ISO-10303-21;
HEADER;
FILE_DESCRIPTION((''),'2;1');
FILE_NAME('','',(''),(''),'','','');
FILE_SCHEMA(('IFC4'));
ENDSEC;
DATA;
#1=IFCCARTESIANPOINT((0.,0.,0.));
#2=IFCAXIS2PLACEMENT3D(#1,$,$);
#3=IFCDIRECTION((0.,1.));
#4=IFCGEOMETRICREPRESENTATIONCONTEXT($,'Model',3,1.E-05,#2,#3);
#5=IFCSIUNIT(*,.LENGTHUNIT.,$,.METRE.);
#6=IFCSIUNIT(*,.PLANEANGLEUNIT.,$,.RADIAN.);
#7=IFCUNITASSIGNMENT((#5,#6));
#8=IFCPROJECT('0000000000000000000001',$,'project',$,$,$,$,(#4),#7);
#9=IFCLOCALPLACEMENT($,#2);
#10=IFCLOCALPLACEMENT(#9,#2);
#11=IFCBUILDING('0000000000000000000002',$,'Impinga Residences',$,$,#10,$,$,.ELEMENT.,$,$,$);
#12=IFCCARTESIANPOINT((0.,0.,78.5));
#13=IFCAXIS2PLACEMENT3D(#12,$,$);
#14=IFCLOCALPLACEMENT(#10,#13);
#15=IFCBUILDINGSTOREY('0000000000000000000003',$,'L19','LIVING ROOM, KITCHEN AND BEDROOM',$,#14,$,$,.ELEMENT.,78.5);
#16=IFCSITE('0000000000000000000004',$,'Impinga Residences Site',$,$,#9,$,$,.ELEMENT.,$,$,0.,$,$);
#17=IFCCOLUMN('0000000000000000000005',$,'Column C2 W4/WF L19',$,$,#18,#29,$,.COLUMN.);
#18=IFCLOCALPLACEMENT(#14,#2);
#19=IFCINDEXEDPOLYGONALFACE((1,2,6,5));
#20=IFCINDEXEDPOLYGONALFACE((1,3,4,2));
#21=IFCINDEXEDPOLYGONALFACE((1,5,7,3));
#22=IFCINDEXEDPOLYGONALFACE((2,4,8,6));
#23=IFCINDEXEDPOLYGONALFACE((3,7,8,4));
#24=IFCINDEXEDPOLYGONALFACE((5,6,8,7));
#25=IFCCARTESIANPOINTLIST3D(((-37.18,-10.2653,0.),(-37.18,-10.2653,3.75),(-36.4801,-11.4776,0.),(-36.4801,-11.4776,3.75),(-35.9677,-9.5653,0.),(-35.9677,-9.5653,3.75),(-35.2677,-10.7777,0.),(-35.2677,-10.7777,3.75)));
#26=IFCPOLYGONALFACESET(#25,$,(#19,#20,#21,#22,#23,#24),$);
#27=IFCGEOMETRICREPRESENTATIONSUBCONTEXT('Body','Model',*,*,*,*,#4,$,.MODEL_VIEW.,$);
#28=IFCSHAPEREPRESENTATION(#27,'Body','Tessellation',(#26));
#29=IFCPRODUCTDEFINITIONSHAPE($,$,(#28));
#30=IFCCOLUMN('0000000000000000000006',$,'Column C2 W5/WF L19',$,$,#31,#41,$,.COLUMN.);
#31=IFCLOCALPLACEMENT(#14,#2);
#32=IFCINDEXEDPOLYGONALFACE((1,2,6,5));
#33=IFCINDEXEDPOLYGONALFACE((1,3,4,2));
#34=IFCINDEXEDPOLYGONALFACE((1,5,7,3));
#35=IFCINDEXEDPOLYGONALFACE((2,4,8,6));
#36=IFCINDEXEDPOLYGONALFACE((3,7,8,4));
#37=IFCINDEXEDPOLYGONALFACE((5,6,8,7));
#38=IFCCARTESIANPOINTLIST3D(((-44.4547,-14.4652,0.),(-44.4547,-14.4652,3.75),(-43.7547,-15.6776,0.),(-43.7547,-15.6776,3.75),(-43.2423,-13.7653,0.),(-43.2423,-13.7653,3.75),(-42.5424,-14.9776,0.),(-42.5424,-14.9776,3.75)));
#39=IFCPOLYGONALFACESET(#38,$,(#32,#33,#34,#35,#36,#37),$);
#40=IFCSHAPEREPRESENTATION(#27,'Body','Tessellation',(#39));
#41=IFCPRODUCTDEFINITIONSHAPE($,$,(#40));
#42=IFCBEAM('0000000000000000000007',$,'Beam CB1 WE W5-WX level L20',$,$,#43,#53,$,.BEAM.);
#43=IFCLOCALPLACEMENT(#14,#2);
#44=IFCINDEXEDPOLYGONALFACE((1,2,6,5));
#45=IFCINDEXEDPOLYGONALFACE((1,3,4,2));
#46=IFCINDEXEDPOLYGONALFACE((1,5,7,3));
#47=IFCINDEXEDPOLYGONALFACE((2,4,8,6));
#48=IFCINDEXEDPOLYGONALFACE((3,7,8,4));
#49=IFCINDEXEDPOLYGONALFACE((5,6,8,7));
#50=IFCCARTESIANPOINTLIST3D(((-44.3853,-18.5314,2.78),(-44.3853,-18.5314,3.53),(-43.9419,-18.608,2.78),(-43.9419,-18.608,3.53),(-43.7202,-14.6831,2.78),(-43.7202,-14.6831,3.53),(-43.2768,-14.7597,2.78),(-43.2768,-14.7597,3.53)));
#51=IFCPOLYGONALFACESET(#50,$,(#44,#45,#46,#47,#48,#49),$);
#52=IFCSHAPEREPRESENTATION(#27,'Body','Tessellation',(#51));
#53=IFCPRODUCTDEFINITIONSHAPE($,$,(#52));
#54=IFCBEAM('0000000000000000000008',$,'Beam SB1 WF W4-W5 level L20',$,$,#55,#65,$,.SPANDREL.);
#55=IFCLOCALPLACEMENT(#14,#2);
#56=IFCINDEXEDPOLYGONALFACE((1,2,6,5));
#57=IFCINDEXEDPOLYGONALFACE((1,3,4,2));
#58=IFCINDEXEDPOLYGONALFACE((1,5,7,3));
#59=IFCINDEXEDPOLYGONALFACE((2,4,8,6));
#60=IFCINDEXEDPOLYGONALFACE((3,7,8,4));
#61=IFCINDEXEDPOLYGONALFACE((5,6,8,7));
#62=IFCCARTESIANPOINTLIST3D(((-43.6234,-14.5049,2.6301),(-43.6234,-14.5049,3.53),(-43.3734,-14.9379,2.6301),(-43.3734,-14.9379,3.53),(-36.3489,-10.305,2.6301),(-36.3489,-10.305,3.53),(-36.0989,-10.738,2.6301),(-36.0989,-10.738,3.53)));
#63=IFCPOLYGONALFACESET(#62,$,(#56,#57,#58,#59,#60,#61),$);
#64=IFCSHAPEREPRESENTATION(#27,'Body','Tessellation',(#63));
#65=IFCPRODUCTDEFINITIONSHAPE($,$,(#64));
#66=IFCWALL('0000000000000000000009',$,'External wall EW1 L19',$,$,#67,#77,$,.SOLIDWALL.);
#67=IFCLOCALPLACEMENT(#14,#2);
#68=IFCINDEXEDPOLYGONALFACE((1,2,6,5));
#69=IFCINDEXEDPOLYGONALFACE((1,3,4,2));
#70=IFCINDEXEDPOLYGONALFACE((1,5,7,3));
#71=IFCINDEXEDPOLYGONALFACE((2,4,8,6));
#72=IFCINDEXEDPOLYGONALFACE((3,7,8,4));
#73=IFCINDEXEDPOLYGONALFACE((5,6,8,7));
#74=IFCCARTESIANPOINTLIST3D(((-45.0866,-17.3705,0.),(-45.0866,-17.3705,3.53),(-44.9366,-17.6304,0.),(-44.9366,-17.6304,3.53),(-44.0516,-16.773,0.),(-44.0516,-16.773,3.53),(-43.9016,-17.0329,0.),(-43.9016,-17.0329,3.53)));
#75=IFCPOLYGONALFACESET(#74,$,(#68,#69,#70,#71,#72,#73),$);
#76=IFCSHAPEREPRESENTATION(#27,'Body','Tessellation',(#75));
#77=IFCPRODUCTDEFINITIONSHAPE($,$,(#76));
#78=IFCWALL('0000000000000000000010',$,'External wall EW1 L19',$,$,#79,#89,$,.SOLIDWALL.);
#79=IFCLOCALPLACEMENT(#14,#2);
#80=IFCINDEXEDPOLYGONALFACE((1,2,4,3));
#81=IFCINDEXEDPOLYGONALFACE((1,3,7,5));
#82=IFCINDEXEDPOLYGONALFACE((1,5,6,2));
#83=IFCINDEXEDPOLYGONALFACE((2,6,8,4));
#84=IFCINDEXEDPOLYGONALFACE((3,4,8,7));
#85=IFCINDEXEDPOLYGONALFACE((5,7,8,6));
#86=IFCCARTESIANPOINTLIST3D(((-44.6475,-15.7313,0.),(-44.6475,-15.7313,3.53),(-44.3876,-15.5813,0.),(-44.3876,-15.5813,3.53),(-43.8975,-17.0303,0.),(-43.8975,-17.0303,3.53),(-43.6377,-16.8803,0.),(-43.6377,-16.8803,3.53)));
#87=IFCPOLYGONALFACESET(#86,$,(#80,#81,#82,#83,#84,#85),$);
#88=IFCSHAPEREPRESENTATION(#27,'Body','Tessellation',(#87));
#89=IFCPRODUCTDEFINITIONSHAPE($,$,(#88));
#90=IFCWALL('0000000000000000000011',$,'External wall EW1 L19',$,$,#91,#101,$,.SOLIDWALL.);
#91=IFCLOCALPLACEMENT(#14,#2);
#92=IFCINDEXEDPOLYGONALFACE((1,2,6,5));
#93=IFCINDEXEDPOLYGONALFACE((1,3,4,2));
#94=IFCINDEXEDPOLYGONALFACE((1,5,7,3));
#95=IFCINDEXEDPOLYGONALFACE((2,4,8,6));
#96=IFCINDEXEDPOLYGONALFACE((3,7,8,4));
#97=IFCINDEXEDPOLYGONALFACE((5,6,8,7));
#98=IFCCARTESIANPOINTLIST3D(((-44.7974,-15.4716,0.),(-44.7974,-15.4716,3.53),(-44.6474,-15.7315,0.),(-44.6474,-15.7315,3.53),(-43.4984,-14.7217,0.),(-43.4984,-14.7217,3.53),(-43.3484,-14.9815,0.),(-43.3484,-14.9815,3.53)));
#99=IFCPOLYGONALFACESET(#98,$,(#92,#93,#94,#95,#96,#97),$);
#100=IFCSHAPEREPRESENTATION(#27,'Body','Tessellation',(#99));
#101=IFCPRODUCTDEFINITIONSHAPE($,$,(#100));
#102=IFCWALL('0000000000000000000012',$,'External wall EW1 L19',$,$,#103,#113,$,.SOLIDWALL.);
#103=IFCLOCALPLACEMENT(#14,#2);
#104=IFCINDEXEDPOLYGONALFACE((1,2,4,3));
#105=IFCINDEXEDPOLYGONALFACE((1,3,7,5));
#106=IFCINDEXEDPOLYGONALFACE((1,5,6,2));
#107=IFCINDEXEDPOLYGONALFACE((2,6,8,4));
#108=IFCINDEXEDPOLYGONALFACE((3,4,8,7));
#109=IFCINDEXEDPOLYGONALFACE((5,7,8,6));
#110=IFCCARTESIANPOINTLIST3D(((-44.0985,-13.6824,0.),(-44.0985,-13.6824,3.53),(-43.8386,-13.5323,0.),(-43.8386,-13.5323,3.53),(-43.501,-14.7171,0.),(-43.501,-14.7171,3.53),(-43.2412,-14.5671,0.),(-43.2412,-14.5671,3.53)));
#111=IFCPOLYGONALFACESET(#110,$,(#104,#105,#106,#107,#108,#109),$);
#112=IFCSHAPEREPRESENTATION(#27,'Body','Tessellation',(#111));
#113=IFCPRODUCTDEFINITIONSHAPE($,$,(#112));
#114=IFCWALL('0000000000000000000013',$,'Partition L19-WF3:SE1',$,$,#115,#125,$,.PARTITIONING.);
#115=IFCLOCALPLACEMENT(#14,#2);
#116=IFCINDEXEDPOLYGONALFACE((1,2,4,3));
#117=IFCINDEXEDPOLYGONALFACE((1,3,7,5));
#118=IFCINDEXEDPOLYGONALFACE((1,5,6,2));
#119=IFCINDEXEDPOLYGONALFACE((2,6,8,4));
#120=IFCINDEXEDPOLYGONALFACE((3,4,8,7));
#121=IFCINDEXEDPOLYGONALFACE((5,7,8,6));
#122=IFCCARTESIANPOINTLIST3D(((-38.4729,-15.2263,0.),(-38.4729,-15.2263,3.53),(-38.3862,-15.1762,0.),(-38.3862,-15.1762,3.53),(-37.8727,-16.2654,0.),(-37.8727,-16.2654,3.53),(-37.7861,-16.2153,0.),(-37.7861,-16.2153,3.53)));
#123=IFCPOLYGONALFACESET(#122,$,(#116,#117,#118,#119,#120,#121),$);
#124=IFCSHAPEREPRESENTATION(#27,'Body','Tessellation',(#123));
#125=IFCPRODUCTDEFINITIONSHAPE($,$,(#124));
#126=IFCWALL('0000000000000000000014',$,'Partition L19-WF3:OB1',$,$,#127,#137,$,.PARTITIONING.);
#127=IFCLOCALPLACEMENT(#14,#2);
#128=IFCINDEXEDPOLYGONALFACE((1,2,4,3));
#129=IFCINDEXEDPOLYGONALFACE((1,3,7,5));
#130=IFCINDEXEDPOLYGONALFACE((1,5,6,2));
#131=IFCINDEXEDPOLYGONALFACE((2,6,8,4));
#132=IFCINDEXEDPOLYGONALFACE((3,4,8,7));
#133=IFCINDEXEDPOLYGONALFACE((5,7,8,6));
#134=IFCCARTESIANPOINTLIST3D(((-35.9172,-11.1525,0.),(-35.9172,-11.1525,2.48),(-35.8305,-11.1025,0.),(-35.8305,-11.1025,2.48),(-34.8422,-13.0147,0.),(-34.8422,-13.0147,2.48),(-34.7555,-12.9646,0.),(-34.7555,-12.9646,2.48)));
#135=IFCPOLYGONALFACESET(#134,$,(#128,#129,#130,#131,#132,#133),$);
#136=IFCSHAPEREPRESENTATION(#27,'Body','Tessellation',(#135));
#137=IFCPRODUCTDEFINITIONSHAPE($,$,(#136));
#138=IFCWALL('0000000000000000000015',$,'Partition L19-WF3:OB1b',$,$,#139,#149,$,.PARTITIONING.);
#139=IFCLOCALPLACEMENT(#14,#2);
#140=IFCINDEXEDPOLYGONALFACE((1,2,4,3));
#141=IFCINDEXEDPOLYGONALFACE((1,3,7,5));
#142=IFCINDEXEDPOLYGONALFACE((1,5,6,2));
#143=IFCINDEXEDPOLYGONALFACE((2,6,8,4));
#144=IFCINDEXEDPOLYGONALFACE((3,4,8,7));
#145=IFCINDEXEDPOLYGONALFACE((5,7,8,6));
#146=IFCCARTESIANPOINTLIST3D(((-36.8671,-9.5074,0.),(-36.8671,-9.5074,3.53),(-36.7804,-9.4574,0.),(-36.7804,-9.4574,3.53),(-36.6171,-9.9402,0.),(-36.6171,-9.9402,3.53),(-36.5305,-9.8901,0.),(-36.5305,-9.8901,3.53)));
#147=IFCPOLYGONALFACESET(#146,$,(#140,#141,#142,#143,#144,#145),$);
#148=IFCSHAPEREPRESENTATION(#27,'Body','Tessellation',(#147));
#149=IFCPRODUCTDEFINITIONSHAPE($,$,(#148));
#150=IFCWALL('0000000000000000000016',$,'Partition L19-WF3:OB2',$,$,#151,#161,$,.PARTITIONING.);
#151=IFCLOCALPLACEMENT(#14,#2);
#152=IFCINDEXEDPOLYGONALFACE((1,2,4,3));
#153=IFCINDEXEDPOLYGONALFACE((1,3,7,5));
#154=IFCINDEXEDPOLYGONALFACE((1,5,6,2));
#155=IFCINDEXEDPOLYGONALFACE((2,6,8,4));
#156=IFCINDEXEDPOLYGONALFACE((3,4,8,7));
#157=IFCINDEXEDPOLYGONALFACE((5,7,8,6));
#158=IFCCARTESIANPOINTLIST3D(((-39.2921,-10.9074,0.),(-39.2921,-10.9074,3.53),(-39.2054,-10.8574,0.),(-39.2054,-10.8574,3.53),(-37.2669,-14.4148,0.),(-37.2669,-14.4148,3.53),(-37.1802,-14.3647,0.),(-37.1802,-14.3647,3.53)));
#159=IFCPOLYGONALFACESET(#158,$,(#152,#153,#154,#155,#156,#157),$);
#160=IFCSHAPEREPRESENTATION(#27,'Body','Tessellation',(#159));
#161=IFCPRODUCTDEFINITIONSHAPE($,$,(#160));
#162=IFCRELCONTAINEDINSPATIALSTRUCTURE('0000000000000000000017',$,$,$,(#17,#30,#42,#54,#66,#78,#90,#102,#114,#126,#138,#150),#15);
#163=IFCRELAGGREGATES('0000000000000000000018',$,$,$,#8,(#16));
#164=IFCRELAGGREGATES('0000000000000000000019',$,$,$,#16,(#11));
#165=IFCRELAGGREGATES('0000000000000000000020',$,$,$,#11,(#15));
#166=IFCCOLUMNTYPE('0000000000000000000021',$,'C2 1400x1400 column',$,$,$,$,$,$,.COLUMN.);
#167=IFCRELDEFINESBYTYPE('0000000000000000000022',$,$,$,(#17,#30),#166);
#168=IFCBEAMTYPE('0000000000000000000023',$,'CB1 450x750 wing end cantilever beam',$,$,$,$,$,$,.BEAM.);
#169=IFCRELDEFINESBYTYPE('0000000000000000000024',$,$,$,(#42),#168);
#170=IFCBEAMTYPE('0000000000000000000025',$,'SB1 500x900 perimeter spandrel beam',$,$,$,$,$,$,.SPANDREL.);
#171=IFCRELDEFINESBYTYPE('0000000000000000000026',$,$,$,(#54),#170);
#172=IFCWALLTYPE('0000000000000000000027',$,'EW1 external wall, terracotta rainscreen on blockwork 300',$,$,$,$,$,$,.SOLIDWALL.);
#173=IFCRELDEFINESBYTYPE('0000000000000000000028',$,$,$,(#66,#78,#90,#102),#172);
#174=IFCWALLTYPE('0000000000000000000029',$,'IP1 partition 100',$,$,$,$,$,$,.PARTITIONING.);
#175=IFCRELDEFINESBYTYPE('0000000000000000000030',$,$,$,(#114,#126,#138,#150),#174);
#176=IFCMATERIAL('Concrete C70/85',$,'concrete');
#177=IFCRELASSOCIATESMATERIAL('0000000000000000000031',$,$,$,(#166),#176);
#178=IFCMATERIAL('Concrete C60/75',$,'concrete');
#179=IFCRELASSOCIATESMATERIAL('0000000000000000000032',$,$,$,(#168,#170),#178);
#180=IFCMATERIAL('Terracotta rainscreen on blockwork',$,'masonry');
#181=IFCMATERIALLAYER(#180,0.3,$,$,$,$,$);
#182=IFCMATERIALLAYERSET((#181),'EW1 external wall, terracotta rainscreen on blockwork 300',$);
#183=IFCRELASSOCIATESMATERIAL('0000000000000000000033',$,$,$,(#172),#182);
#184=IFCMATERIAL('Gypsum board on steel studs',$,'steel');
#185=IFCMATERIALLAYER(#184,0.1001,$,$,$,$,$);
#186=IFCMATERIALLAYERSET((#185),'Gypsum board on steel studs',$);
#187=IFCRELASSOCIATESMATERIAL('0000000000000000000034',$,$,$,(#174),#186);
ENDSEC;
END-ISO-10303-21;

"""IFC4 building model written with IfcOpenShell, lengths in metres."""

from ifc_helpers import new_model, si_unit, direction, frame, frame_2d, origin, origin_2d, place, context, subcontext, project, spatial, rectangle, extrude, material, layer, layer_set, material_profile, profile_set, type_object, element, save


model = new_model("IFC4")

# Units and contexts
model_context = context("Model", 3, precision=1e-05, world=origin(), true_north=direction((0.0, 1.0)))
body_context = subcontext(model_context, "Body", "Model", "MODEL_VIEW")
ifc_project = project(units=[si_unit("LENGTHUNIT", "METRE"), si_unit("PLANEANGLEUNIT", "RADIAN")], contexts=[model_context])

# Site, building, storey
site_placement = place(None, origin())
site = spatial("IfcSite", under=ifc_project, at=site_placement, Name="Impinga Residences Site", CompositionType="ELEMENT", RefElevation=0.0)
building_placement = place(site_placement, origin())
building = spatial("IfcBuilding", under=site, at=building_placement, Name="Impinga Residences", CompositionType="ELEMENT")
storey_placement = place(building_placement, frame((0.0, 0.0, 78.5)))
storey = spatial("IfcBuildingStorey", under=building, at=storey_placement, Name="L19", Description="LIVING ROOM, KITCHEN AND BEDROOM", CompositionType="ELEMENT", Elevation=78.5)

# Columns
ifc_material_1 = material(Name="Concrete C70/85", Category="concrete")
ifc_material_profile_1 = material_profile(ifc_material_1, rectangle(XDim=1.3999, YDim=1.3999, at=origin_2d()), Name="RC 1400x1400")
ifc_profile_set_1 = profile_set([ifc_material_profile_1], Name="Concrete C70/85")
column_type = type_object("IfcColumnType", Name="C2 1400x1400 column", PredefinedType="COLUMN", material=ifc_profile_set_1)
for number, where, z_axis, x_axis, name in (
    (1, (-36.2239, -10.5215, 0.0), (0.0, 0.0, 1.0), (-0.5, 0.866025, 0.0), "Column C2 W4/WF L19"),
    (2, (-43.4985, -14.7214, 0.0), (0.0, 0.0, 1.0), (-0.5, 0.866025, 0.0), "Column C2 W5/WF L19"),
):
    element("IfcColumn", number, at=place(storey_placement, frame(where, z_axis=z_axis, x_axis=x_axis)), inside=storey, type_object=column_type, Name=name, PredefinedType="COLUMN", context=body_context, shape_type="SweptSolid", body=[
        extrude(rectangle(XDim=1.3999, YDim=1.3999, at=origin_2d()), origin(), (0.0, 0.0, 1.0), 3.75),
    ])

# Beams
ifc_material_2 = material(Name="Concrete C60/75", Category="concrete")
ifc_material_profile_2 = material_profile(ifc_material_2, rectangle(XDim=0.45, YDim=0.75, at=origin_2d()), Name="RC 450x750")
ifc_profile_set_2 = profile_set([ifc_material_profile_2], Name="Concrete C60/75")
beam_type_1 = type_object("IfcBeamType", Name="CB1 450x750 wing end cantilever beam", PredefinedType="BEAM", material=ifc_profile_set_2)
beam_1_placement = place(storey_placement, frame((-43.4985, -14.7214, 3.155), z_axis=(-0.170296, -0.985393, 0.0), x_axis=(0.985393, -0.170296, 0.0)))
element("IfcBeam", 3, at=beam_1_placement, inside=storey, type_object=beam_type_1, Name="Beam CB1 WE W5-WX level L20", PredefinedType="BEAM", context=body_context, shape_type="SweptSolid", body=[
    extrude(rectangle(XDim=0.45, YDim=0.75, at=origin_2d()), origin(), (0.0, 0.0, 1.0), 3.9053),
])
ifc_material_profile_3 = material_profile(ifc_material_2, rectangle(XDim=0.5, YDim=0.8999, at=origin_2d()), Name="RC 500x900")
ifc_profile_set_3 = profile_set([ifc_material_profile_3], Name="Concrete C60/75")
beam_type_2 = type_object("IfcBeamType", Name="SB1 500x900 perimeter spandrel beam", PredefinedType="SPANDREL", material=ifc_profile_set_3)
beam_2_placement = place(storey_placement, frame((-36.2239, -10.5215, 3.0801), z_axis=(-0.866029, -0.499993, 0.0), x_axis=(0.499993, -0.866029, 0.0)))
element("IfcBeam", 4, at=beam_2_placement, inside=storey, type_object=beam_type_2, Name="Beam SB1 WF W4-W5 level L20", PredefinedType="SPANDREL", context=body_context, shape_type="SweptSolid", body=[
    extrude(rectangle(XDim=0.5, YDim=0.8999, at=origin_2d()), origin(), (0.0, 0.0, 1.0), 8.3999),
])

# Walls
ifc_material_3 = material(Name="Terracotta rainscreen on blockwork", Category="masonry")
ifc_layer_1 = layer(ifc_material_3, 0.3)
ifc_layer_set_1 = layer_set([ifc_layer_1], Name="EW1 external wall, terracotta rainscreen on blockwork 300")
wall_type_1 = type_object("IfcWallType", Name="EW1 external wall, terracotta rainscreen on blockwork 300", PredefinedType="SOLIDWALL", material=ifc_layer_set_1)
wall_1_placement = place(storey_placement, frame((-45.0117, -17.5005, 0.0), z_axis=(0.0, 0.0, 1.0), x_axis=(0.86606, 0.499941, 0.0)))
element("IfcWall", 5, at=wall_1_placement, inside=storey, type_object=wall_type_1, Name="External wall EW1 L19", PredefinedType="SOLIDWALL", context=body_context, shape_type="SweptSolid", body=[
    extrude(rectangle(XDim=1.1951, YDim=0.3, at=frame_2d((0.5977, 0.0))), origin(), (0.0, 0.0, 1.0), 3.53),
])
for number, where, z_axis, x_axis, name in (
    (6, (-43.7676, -16.9553, 0.0), (0.0, 0.0, 1.0), (-0.49999, 0.866031, 0.0), "External wall EW1 L19"),
    (7, (-44.7224, -15.6016, 0.0), (0.0, 0.0, 1.0), (0.866031, 0.49999, 0.0), "External wall EW1 L19"),
):
    element("IfcWall", number, at=place(storey_placement, frame(where, z_axis=z_axis, x_axis=x_axis)), inside=storey, type_object=wall_type_1, Name=name, PredefinedType="SOLIDWALL", context=body_context, shape_type="SweptSolid", body=[
        extrude(rectangle(XDim=1.5, YDim=0.3, at=frame_2d((0.75, 0.0))), origin(), (0.0, 0.0, 1.0), 3.53),
    ])
wall_2_placement = place(storey_placement, frame((-43.3711, -14.6421, 0.0), z_axis=(0.0, 0.0, 1.0), x_axis=(-0.500029, 0.866009, 0.0)))
element("IfcWall", 8, at=wall_2_placement, inside=storey, type_object=wall_type_1, Name="External wall EW1 L19", PredefinedType="SOLIDWALL", context=body_context, shape_type="SweptSolid", body=[
    extrude(rectangle(XDim=1.1948, YDim=0.3, at=frame_2d((0.5974, 0.0))), origin(), (0.0, 0.0, 1.0), 3.53),
])

# Walls
ifc_material_4 = material(Name="Gypsum board on steel studs", Category="steel")
ifc_layer_2 = layer(ifc_material_4, 0.1001)
ifc_layer_set_2 = layer_set([ifc_layer_2], Name="Gypsum board on steel studs")
wall_type_2 = type_object("IfcWallType", Name="IP1 partition 100", PredefinedType="PARTITIONING", material=ifc_layer_set_2)
wall_3_placement = place(storey_placement, frame((-37.8293, -16.2405, 0.0), z_axis=(0.0, 0.0, 1.0), x_axis=(-0.500122, 0.865955, 0.0)))
element("IfcWall", 9, at=wall_3_placement, inside=storey, type_object=wall_type_2, Name="Partition L19-WF3:SE1", PredefinedType="PARTITIONING", context=body_context, shape_type="SweptSolid", body=[
    extrude(rectangle(XDim=1.2, YDim=0.1001, at=frame_2d((0.6001, 0.0))), origin(), (0.0, 0.0, 1.0), 3.53),
])
wall_4_placement = place(storey_placement, frame((-34.7988, -12.9897, 0.0), z_axis=(0.0, 0.0, 1.0), x_axis=(-0.499962, 0.866048, 0.0)))
element("IfcWall", 10, at=wall_4_placement, inside=storey, type_object=wall_type_2, Name="Partition L19-WF3:OB1", PredefinedType="PARTITIONING", context=body_context, shape_type="SweptSolid", body=[
    extrude(rectangle(XDim=2.1501, YDim=0.1001, at=frame_2d((1.0752, 0.0))), origin(), (0.0, 0.0, 1.0), 2.48),
])
wall_5_placement = place(storey_placement, frame((-36.5737, -9.9153, 0.0), z_axis=(0.0, 0.0, 1.0), x_axis=(-0.500131, 0.86595, 0.0)))
element("IfcWall", 11, at=wall_5_placement, inside=storey, type_object=wall_type_2, Name="Partition L19-WF3:OB1b", PredefinedType="PARTITIONING", context=body_context, shape_type="SweptSolid", body=[
    extrude(rectangle(XDim=0.4998, YDim=0.1001, at=frame_2d((0.25, 0.0))), origin(), (0.0, 0.0, 1.0), 3.53),
])
wall_6_placement = place(storey_placement, frame((-37.2236, -14.3896, 0.0), z_axis=(0.0, 0.0, 1.0), x_axis=(-0.500036, 0.866005, 0.0)))
element("IfcWall", 12, at=wall_6_placement, inside=storey, type_object=wall_type_2, Name="Partition L19-WF3:OB2", PredefinedType="PARTITIONING", context=body_context, shape_type="SweptSolid", body=[
    extrude(rectangle(XDim=4.05, YDim=0.1001, at=frame_2d((2.0249, 0.0))), origin(), (0.0, 0.0, 1.0), 3.53),
])

save(model, "model.ifc")
